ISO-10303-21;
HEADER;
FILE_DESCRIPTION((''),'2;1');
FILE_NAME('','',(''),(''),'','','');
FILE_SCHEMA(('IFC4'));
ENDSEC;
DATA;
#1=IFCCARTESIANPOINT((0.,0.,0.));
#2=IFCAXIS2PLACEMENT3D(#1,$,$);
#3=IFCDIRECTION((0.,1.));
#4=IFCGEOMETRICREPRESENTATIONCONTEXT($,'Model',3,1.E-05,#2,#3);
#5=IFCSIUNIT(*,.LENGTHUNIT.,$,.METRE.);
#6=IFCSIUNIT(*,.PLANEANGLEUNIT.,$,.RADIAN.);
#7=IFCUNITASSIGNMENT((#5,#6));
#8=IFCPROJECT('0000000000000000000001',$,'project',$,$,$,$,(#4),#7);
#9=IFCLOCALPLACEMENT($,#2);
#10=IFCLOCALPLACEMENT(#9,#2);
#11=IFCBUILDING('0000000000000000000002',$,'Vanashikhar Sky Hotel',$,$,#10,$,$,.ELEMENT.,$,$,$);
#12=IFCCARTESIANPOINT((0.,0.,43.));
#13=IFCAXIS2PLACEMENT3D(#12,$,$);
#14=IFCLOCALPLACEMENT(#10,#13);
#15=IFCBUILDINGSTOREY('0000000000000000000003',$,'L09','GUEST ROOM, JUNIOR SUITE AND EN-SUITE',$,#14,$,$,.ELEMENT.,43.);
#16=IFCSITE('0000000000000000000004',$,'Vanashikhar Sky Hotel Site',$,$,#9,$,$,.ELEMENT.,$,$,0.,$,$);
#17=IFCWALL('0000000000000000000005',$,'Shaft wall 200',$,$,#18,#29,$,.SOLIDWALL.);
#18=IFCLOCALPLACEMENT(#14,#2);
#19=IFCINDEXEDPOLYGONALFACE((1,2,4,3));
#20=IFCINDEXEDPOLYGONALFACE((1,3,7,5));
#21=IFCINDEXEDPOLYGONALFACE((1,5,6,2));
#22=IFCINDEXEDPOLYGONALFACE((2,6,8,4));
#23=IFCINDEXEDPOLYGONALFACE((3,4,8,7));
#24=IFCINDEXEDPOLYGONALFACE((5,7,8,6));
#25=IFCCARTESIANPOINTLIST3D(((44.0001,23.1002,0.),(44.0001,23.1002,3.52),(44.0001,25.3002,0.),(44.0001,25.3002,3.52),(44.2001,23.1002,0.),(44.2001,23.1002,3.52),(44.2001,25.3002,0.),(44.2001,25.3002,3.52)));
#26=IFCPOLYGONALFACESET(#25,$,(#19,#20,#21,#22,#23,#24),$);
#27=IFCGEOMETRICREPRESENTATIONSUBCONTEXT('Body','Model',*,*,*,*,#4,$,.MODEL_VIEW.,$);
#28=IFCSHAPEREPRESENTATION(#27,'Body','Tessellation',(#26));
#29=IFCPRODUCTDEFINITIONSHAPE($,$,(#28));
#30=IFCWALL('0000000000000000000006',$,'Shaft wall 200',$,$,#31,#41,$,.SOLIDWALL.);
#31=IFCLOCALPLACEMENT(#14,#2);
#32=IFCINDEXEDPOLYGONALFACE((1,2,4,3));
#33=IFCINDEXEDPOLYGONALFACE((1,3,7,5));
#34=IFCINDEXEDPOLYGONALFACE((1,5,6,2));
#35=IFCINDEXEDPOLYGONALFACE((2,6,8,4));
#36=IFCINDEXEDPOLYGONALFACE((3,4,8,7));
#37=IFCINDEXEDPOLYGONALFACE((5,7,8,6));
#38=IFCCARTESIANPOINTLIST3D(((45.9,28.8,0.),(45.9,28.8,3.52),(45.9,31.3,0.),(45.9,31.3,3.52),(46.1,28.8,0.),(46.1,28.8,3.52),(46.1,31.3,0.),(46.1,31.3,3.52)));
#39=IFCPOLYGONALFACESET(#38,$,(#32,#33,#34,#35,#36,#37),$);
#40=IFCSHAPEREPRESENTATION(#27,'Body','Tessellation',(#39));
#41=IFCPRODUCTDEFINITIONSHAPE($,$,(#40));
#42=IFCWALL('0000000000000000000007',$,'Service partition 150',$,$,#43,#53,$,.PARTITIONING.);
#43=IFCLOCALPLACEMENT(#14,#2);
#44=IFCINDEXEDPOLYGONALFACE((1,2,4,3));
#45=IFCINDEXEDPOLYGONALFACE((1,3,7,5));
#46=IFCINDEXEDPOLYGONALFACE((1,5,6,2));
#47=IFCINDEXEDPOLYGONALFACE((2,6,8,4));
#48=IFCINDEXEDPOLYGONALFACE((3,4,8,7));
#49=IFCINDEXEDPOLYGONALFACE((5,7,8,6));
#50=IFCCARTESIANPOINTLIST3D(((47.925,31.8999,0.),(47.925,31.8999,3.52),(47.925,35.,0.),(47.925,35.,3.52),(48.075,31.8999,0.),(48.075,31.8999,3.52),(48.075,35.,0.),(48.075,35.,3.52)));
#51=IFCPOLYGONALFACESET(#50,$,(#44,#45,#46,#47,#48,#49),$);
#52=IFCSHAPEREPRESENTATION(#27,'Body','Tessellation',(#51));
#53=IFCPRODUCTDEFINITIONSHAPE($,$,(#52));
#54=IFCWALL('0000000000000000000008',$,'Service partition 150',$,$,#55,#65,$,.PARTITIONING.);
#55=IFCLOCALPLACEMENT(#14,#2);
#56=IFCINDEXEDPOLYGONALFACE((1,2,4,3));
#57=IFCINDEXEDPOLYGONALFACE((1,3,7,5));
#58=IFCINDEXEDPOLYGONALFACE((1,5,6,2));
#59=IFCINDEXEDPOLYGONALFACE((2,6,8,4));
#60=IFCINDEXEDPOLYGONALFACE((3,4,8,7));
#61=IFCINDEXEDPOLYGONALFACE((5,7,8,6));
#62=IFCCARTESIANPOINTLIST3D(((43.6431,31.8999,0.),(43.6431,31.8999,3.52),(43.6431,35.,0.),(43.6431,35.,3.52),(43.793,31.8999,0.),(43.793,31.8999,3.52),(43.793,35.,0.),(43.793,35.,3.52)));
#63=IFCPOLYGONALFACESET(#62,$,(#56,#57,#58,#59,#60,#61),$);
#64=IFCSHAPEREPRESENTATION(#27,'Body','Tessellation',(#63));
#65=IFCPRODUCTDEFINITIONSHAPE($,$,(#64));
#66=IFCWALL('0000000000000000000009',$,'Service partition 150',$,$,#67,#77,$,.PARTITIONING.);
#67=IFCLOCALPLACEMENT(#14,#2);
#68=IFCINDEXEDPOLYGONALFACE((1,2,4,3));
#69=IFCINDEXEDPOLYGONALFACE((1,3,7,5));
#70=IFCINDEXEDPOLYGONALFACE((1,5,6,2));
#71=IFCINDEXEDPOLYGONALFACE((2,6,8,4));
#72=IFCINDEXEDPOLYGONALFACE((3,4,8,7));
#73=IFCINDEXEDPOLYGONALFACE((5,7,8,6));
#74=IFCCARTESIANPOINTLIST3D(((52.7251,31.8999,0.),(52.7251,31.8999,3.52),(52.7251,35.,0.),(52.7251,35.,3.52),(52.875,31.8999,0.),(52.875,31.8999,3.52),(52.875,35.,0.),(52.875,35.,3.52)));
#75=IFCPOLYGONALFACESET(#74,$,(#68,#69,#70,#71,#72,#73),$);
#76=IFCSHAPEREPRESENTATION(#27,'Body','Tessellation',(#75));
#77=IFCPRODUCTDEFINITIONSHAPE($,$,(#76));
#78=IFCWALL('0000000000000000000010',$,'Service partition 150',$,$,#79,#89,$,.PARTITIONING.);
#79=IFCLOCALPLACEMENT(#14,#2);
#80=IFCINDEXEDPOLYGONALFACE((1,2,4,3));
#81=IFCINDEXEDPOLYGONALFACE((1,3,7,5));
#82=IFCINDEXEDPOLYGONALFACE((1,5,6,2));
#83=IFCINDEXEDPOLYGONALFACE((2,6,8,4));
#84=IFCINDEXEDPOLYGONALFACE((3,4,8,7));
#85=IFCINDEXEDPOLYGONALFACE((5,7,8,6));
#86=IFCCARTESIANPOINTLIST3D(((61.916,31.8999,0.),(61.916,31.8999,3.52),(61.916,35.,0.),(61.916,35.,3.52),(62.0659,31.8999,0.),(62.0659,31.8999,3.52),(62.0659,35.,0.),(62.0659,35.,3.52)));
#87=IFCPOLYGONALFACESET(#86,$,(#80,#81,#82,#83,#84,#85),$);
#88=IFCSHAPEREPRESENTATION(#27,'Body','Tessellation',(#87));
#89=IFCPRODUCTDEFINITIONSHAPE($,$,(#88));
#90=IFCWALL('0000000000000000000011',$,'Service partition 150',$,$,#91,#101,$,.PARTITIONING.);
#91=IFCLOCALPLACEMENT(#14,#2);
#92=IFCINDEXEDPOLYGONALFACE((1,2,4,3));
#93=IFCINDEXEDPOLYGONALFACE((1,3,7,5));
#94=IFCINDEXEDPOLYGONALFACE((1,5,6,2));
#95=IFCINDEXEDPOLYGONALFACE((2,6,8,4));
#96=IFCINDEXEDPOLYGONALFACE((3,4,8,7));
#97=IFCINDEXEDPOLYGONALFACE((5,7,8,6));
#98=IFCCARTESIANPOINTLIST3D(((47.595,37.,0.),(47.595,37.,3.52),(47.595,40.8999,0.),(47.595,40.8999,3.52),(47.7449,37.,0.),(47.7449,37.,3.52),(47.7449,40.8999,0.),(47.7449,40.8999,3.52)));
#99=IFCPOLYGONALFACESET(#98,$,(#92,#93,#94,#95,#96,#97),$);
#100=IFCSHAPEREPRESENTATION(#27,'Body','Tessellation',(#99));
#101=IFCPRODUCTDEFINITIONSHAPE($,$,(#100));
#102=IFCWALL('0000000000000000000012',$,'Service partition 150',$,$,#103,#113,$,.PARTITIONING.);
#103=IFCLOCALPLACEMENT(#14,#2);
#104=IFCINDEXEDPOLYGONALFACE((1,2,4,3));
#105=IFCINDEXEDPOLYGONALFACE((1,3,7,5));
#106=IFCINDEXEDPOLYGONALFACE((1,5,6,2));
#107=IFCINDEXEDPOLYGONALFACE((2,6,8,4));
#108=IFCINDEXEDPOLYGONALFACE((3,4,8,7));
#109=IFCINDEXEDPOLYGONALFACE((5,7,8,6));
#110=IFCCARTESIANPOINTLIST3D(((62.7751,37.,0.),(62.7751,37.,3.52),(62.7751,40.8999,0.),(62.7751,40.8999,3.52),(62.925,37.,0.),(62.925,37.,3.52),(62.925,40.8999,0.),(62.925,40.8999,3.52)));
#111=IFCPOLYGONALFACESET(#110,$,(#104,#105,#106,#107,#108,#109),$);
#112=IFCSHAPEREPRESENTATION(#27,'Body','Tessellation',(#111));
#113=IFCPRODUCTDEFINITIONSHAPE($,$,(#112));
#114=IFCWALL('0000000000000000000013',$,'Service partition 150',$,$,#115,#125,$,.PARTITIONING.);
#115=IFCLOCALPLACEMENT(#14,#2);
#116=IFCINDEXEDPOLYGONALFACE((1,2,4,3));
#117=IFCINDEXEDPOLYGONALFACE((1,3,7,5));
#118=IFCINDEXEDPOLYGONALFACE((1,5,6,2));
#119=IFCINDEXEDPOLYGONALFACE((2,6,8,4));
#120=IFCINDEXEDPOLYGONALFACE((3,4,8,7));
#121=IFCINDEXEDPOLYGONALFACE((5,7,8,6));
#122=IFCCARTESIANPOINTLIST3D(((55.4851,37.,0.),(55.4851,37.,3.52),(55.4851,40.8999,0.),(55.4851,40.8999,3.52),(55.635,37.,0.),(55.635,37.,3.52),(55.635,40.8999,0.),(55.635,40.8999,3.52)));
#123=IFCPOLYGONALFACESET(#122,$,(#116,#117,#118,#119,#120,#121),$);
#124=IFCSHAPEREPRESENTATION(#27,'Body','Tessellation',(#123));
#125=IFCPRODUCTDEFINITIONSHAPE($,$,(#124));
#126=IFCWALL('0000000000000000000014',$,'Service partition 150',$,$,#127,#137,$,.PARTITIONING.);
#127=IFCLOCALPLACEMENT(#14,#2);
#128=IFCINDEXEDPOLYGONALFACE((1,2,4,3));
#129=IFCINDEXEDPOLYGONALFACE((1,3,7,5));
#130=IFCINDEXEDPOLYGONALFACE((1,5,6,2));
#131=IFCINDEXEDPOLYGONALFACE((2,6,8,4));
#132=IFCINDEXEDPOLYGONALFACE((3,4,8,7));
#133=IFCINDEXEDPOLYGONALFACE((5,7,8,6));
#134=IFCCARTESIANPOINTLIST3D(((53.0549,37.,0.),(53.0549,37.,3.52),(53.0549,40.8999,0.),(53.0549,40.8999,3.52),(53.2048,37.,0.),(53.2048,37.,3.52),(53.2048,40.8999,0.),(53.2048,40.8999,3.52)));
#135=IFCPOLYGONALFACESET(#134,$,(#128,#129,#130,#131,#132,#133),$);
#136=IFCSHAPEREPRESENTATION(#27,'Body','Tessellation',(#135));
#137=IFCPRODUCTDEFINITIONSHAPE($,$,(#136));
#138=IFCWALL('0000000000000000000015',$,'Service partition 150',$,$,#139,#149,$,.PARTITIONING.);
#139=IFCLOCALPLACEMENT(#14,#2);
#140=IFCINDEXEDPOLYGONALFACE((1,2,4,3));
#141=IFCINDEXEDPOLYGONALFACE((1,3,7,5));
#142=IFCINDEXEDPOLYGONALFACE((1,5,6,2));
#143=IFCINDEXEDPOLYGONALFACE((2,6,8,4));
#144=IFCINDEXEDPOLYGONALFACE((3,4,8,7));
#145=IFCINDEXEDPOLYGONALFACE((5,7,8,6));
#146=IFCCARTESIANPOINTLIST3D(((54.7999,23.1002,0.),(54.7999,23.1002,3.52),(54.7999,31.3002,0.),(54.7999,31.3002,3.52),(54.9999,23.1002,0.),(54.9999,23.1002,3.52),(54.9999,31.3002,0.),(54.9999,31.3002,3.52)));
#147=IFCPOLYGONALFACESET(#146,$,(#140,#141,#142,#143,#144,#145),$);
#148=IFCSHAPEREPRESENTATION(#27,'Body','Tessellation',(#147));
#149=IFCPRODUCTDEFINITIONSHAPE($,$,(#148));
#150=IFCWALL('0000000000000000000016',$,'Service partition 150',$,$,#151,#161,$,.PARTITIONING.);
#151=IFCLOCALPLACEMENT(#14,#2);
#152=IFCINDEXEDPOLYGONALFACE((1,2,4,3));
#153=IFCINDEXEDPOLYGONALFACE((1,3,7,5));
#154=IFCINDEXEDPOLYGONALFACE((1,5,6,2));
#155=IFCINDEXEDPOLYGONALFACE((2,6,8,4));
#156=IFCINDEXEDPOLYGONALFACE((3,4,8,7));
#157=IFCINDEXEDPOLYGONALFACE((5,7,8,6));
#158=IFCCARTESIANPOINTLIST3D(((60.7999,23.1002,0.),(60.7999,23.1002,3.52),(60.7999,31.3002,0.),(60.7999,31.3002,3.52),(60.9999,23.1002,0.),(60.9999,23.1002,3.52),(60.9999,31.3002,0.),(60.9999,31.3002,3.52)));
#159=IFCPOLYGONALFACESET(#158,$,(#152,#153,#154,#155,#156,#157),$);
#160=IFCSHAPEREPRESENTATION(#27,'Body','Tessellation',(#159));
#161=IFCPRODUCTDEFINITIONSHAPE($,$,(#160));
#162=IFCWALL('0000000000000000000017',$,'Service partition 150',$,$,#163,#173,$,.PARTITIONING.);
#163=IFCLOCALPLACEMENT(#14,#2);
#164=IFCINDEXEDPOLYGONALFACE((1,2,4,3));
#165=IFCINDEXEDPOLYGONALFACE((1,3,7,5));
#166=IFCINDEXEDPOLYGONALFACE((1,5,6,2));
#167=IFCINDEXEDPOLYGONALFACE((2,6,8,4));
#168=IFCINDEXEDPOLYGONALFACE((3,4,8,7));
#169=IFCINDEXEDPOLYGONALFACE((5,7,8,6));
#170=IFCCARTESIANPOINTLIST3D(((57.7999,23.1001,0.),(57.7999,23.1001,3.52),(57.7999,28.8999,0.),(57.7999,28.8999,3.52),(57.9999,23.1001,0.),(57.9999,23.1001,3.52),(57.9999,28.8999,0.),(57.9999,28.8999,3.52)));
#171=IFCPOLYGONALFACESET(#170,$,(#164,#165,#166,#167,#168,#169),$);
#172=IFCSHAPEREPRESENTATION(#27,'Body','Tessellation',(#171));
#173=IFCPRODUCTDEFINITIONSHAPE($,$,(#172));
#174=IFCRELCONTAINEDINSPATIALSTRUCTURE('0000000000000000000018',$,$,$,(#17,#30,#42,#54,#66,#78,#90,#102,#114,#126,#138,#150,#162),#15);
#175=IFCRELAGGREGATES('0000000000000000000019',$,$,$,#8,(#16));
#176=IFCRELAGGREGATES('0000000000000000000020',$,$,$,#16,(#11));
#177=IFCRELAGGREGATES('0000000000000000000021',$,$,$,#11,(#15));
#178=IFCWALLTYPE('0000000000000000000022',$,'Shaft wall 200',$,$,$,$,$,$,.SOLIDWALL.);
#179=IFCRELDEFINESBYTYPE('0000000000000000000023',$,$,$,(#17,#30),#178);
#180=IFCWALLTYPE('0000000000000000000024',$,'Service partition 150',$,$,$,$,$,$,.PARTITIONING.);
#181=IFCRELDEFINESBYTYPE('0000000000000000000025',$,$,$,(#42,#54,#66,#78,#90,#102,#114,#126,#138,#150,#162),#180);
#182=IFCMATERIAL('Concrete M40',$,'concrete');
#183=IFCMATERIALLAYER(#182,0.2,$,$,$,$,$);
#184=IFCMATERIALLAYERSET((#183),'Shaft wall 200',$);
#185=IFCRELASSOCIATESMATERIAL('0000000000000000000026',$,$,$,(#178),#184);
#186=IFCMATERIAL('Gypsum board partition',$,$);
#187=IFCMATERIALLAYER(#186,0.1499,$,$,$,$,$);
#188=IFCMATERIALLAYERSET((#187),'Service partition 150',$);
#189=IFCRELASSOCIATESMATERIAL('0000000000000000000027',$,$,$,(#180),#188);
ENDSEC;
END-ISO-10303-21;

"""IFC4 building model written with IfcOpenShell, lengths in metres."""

from ifc_helpers import new_model, si_unit, direction, frame, frame_2d, origin, place, context, subcontext, project, spatial, rectangle, extrude, source, transform, mapped, material, layer, layer_set, type_object, element, save


model = new_model("IFC4")

# Units and contexts
model_context = context("Model", 3, precision=1e-05, world=origin(), true_north=direction((0.0, 1.0)))
body_context = subcontext(model_context, "Body", "Model", "MODEL_VIEW")
ifc_project = project(units=[si_unit("LENGTHUNIT", "METRE"), si_unit("PLANEANGLEUNIT", "RADIAN")], contexts=[model_context])

# Site, building, storey
site_placement = place(None, origin())
site = spatial("IfcSite", under=ifc_project, at=site_placement, Name="Vanashikhar Sky Hotel Site", CompositionType="ELEMENT", RefElevation=0.0)
building_placement = place(site_placement, origin())
building = spatial("IfcBuilding", under=site, at=building_placement, Name="Vanashikhar Sky Hotel", CompositionType="ELEMENT")
storey_placement = place(building_placement, frame((0.0, 0.0, 43.0)))
storey = spatial("IfcBuildingStorey", under=building, at=storey_placement, Name="L09", Description="GUEST ROOM, JUNIOR SUITE AND EN-SUITE", CompositionType="ELEMENT", Elevation=43.0)

# Shared definitions
ifc_material_1 = material(Name="Concrete M40", Category="concrete")
ifc_layer_1 = layer(ifc_material_1, 0.2)
ifc_layer_set_1 = layer_set([ifc_layer_1], Name="Shaft wall 200")
wall_type_1 = type_object("IfcWallType", Name="Shaft wall 200", PredefinedType="SOLIDWALL", material=ifc_layer_set_1)

# Walls
shared_shape_1 = source(origin(), body_context, "Body", "SweptSolid", [
    extrude(rectangle(XDim=2.2, YDim=0.2, at=frame_2d((1.1001, 0.0))), origin(), (0.0, 0.0, 1.0), 3.52),
])
wall_1_placement = place(storey_placement, frame((44.1001, 23.1001, 0.0), z_axis=(0.0, 0.0, 1.0), x_axis=(0.0, 1.0, 0.0)))
element("IfcWall", 1, at=wall_1_placement, inside=storey, type_object=wall_type_1, Name="Shaft wall 200", PredefinedType="SOLIDWALL", context=body_context, shape_type="MappedRepresentation", body=[
    mapped(shared_shape_1, transform((0.0, 0.0, 0.0), scale=1.0)),
])
shared_shape_2 = source(origin(), body_context, "Body", "SweptSolid", [
    extrude(rectangle(XDim=2.5, YDim=0.2, at=frame_2d((1.25, 0.0))), origin(), (0.0, 0.0, 1.0), 3.52),
])
wall_2_placement = place(storey_placement, frame((46.0, 28.8, 0.0), z_axis=(0.0, 0.0, 1.0), x_axis=(0.0, 1.0, 0.0)))
element("IfcWall", 2, at=wall_2_placement, inside=storey, type_object=wall_type_1, Name="Shaft wall 200", PredefinedType="SOLIDWALL", context=body_context, shape_type="MappedRepresentation", body=[
    mapped(shared_shape_2, transform((0.0, 0.0, 0.0), scale=1.0)),
])
ifc_material_2 = material(Name="Gypsum board partition")
ifc_layer_2 = layer(ifc_material_2, 0.1499)
ifc_layer_set_2 = layer_set([ifc_layer_2], Name="Service partition 150")
wall_type_2 = type_object("IfcWallType", Name="Service partition 150", PredefinedType="PARTITIONING", material=ifc_layer_set_2)
shared_shape_3 = source(origin(), body_context, "Body", "SweptSolid", [
    extrude(rectangle(XDim=3.1001, YDim=0.1499, at=frame_2d((1.55, 0.0))), origin(), (0.0, 0.0, 1.0), 3.52),
])
for number, where, z_axis, x_axis, name in (
    (3, (48.0, 31.8999, 0.0), (0.0, 0.0, 1.0), (0.0, 1.0, 0.0), "Service partition 150"),
    (4, (43.718, 31.8999, 0.0), (0.0, 0.0, 1.0), (0.0, 1.0, 0.0), "Service partition 150"),
    (5, (52.8, 31.8999, 0.0), (0.0, 0.0, 1.0), (0.0, 1.0, 0.0), "Service partition 150"),
    (6, (61.991, 31.8999, 0.0), (0.0, 0.0, 1.0), (0.0, 1.0, 0.0), "Service partition 150"),
):
    element("IfcWall", number, at=place(storey_placement, frame(where, z_axis=z_axis, x_axis=x_axis)), inside=storey, type_object=wall_type_2, Name=name, PredefinedType="PARTITIONING", context=body_context, shape_type="MappedRepresentation", body=[
        mapped(shared_shape_3, transform((0.0, 0.0, 0.0), scale=1.0)),
    ])
shared_shape_4 = source(origin(), body_context, "Body", "SweptSolid", [
    extrude(rectangle(XDim=3.8999, YDim=0.1499, at=frame_2d((1.95, 0.0))), origin(), (0.0, 0.0, 1.0), 3.52),
])
for number, where, z_axis, x_axis, name in (
    (7, (47.6699, 37.0, 0.0), (0.0, 0.0, 1.0), (0.0, 1.0, 0.0), "Service partition 150"),
    (8, (62.8501, 37.0, 0.0), (0.0, 0.0, 1.0), (0.0, 1.0, 0.0), "Service partition 150"),
    (9, (55.5601, 37.0, 0.0), (0.0, 0.0, 1.0), (0.0, 1.0, 0.0), "Service partition 150"),
    (10, (53.1299, 37.0, 0.0), (0.0, 0.0, 1.0), (0.0, 1.0, 0.0), "Service partition 150"),
):
    element("IfcWall", number, at=place(storey_placement, frame(where, z_axis=z_axis, x_axis=x_axis)), inside=storey, type_object=wall_type_2, Name=name, PredefinedType="PARTITIONING", context=body_context, shape_type="MappedRepresentation", body=[
        mapped(shared_shape_4, transform((0.0, 0.0, 0.0), scale=1.0)),
    ])
shared_shape_5 = source(origin(), body_context, "Body", "SweptSolid", [
    extrude(rectangle(XDim=8.2, YDim=0.2, at=frame_2d((4.1001, 0.0))), origin(), (0.0, 0.0, 1.0), 3.52),
])
for number, where, z_axis, x_axis, name in (
    (11, (54.8999, 23.1001, 0.0), (0.0, 0.0, 1.0), (0.0, 1.0, 0.0), "Service partition 150"),
    (12, (60.8999, 23.1001, 0.0), (0.0, 0.0, 1.0), (0.0, 1.0, 0.0), "Service partition 150"),
):
    element("IfcWall", number, at=place(storey_placement, frame(where, z_axis=z_axis, x_axis=x_axis)), inside=storey, type_object=wall_type_2, Name=name, PredefinedType="PARTITIONING", context=body_context, shape_type="MappedRepresentation", body=[
        mapped(shared_shape_5, transform((0.0, 0.0, 0.0), scale=1.0)),
    ])
shared_shape_6 = source(origin(), body_context, "Body", "SweptSolid", [
    extrude(rectangle(XDim=5.7998, YDim=0.2, at=frame_2d((2.8999, 0.0))), origin(), (0.0, 0.0, 1.0), 3.52),
])
wall_3_placement = place(storey_placement, frame((57.8999, 23.1001, 0.0), z_axis=(0.0, 0.0, 1.0), x_axis=(0.0, 1.0, 0.0)))
element("IfcWall", 13, at=wall_3_placement, inside=storey, type_object=wall_type_2, Name="Service partition 150", PredefinedType="PARTITIONING", context=body_context, shape_type="MappedRepresentation", body=[
    mapped(shared_shape_6, transform((0.0, 0.0, 0.0), scale=1.0)),
])

save(model, "model.ifc")
